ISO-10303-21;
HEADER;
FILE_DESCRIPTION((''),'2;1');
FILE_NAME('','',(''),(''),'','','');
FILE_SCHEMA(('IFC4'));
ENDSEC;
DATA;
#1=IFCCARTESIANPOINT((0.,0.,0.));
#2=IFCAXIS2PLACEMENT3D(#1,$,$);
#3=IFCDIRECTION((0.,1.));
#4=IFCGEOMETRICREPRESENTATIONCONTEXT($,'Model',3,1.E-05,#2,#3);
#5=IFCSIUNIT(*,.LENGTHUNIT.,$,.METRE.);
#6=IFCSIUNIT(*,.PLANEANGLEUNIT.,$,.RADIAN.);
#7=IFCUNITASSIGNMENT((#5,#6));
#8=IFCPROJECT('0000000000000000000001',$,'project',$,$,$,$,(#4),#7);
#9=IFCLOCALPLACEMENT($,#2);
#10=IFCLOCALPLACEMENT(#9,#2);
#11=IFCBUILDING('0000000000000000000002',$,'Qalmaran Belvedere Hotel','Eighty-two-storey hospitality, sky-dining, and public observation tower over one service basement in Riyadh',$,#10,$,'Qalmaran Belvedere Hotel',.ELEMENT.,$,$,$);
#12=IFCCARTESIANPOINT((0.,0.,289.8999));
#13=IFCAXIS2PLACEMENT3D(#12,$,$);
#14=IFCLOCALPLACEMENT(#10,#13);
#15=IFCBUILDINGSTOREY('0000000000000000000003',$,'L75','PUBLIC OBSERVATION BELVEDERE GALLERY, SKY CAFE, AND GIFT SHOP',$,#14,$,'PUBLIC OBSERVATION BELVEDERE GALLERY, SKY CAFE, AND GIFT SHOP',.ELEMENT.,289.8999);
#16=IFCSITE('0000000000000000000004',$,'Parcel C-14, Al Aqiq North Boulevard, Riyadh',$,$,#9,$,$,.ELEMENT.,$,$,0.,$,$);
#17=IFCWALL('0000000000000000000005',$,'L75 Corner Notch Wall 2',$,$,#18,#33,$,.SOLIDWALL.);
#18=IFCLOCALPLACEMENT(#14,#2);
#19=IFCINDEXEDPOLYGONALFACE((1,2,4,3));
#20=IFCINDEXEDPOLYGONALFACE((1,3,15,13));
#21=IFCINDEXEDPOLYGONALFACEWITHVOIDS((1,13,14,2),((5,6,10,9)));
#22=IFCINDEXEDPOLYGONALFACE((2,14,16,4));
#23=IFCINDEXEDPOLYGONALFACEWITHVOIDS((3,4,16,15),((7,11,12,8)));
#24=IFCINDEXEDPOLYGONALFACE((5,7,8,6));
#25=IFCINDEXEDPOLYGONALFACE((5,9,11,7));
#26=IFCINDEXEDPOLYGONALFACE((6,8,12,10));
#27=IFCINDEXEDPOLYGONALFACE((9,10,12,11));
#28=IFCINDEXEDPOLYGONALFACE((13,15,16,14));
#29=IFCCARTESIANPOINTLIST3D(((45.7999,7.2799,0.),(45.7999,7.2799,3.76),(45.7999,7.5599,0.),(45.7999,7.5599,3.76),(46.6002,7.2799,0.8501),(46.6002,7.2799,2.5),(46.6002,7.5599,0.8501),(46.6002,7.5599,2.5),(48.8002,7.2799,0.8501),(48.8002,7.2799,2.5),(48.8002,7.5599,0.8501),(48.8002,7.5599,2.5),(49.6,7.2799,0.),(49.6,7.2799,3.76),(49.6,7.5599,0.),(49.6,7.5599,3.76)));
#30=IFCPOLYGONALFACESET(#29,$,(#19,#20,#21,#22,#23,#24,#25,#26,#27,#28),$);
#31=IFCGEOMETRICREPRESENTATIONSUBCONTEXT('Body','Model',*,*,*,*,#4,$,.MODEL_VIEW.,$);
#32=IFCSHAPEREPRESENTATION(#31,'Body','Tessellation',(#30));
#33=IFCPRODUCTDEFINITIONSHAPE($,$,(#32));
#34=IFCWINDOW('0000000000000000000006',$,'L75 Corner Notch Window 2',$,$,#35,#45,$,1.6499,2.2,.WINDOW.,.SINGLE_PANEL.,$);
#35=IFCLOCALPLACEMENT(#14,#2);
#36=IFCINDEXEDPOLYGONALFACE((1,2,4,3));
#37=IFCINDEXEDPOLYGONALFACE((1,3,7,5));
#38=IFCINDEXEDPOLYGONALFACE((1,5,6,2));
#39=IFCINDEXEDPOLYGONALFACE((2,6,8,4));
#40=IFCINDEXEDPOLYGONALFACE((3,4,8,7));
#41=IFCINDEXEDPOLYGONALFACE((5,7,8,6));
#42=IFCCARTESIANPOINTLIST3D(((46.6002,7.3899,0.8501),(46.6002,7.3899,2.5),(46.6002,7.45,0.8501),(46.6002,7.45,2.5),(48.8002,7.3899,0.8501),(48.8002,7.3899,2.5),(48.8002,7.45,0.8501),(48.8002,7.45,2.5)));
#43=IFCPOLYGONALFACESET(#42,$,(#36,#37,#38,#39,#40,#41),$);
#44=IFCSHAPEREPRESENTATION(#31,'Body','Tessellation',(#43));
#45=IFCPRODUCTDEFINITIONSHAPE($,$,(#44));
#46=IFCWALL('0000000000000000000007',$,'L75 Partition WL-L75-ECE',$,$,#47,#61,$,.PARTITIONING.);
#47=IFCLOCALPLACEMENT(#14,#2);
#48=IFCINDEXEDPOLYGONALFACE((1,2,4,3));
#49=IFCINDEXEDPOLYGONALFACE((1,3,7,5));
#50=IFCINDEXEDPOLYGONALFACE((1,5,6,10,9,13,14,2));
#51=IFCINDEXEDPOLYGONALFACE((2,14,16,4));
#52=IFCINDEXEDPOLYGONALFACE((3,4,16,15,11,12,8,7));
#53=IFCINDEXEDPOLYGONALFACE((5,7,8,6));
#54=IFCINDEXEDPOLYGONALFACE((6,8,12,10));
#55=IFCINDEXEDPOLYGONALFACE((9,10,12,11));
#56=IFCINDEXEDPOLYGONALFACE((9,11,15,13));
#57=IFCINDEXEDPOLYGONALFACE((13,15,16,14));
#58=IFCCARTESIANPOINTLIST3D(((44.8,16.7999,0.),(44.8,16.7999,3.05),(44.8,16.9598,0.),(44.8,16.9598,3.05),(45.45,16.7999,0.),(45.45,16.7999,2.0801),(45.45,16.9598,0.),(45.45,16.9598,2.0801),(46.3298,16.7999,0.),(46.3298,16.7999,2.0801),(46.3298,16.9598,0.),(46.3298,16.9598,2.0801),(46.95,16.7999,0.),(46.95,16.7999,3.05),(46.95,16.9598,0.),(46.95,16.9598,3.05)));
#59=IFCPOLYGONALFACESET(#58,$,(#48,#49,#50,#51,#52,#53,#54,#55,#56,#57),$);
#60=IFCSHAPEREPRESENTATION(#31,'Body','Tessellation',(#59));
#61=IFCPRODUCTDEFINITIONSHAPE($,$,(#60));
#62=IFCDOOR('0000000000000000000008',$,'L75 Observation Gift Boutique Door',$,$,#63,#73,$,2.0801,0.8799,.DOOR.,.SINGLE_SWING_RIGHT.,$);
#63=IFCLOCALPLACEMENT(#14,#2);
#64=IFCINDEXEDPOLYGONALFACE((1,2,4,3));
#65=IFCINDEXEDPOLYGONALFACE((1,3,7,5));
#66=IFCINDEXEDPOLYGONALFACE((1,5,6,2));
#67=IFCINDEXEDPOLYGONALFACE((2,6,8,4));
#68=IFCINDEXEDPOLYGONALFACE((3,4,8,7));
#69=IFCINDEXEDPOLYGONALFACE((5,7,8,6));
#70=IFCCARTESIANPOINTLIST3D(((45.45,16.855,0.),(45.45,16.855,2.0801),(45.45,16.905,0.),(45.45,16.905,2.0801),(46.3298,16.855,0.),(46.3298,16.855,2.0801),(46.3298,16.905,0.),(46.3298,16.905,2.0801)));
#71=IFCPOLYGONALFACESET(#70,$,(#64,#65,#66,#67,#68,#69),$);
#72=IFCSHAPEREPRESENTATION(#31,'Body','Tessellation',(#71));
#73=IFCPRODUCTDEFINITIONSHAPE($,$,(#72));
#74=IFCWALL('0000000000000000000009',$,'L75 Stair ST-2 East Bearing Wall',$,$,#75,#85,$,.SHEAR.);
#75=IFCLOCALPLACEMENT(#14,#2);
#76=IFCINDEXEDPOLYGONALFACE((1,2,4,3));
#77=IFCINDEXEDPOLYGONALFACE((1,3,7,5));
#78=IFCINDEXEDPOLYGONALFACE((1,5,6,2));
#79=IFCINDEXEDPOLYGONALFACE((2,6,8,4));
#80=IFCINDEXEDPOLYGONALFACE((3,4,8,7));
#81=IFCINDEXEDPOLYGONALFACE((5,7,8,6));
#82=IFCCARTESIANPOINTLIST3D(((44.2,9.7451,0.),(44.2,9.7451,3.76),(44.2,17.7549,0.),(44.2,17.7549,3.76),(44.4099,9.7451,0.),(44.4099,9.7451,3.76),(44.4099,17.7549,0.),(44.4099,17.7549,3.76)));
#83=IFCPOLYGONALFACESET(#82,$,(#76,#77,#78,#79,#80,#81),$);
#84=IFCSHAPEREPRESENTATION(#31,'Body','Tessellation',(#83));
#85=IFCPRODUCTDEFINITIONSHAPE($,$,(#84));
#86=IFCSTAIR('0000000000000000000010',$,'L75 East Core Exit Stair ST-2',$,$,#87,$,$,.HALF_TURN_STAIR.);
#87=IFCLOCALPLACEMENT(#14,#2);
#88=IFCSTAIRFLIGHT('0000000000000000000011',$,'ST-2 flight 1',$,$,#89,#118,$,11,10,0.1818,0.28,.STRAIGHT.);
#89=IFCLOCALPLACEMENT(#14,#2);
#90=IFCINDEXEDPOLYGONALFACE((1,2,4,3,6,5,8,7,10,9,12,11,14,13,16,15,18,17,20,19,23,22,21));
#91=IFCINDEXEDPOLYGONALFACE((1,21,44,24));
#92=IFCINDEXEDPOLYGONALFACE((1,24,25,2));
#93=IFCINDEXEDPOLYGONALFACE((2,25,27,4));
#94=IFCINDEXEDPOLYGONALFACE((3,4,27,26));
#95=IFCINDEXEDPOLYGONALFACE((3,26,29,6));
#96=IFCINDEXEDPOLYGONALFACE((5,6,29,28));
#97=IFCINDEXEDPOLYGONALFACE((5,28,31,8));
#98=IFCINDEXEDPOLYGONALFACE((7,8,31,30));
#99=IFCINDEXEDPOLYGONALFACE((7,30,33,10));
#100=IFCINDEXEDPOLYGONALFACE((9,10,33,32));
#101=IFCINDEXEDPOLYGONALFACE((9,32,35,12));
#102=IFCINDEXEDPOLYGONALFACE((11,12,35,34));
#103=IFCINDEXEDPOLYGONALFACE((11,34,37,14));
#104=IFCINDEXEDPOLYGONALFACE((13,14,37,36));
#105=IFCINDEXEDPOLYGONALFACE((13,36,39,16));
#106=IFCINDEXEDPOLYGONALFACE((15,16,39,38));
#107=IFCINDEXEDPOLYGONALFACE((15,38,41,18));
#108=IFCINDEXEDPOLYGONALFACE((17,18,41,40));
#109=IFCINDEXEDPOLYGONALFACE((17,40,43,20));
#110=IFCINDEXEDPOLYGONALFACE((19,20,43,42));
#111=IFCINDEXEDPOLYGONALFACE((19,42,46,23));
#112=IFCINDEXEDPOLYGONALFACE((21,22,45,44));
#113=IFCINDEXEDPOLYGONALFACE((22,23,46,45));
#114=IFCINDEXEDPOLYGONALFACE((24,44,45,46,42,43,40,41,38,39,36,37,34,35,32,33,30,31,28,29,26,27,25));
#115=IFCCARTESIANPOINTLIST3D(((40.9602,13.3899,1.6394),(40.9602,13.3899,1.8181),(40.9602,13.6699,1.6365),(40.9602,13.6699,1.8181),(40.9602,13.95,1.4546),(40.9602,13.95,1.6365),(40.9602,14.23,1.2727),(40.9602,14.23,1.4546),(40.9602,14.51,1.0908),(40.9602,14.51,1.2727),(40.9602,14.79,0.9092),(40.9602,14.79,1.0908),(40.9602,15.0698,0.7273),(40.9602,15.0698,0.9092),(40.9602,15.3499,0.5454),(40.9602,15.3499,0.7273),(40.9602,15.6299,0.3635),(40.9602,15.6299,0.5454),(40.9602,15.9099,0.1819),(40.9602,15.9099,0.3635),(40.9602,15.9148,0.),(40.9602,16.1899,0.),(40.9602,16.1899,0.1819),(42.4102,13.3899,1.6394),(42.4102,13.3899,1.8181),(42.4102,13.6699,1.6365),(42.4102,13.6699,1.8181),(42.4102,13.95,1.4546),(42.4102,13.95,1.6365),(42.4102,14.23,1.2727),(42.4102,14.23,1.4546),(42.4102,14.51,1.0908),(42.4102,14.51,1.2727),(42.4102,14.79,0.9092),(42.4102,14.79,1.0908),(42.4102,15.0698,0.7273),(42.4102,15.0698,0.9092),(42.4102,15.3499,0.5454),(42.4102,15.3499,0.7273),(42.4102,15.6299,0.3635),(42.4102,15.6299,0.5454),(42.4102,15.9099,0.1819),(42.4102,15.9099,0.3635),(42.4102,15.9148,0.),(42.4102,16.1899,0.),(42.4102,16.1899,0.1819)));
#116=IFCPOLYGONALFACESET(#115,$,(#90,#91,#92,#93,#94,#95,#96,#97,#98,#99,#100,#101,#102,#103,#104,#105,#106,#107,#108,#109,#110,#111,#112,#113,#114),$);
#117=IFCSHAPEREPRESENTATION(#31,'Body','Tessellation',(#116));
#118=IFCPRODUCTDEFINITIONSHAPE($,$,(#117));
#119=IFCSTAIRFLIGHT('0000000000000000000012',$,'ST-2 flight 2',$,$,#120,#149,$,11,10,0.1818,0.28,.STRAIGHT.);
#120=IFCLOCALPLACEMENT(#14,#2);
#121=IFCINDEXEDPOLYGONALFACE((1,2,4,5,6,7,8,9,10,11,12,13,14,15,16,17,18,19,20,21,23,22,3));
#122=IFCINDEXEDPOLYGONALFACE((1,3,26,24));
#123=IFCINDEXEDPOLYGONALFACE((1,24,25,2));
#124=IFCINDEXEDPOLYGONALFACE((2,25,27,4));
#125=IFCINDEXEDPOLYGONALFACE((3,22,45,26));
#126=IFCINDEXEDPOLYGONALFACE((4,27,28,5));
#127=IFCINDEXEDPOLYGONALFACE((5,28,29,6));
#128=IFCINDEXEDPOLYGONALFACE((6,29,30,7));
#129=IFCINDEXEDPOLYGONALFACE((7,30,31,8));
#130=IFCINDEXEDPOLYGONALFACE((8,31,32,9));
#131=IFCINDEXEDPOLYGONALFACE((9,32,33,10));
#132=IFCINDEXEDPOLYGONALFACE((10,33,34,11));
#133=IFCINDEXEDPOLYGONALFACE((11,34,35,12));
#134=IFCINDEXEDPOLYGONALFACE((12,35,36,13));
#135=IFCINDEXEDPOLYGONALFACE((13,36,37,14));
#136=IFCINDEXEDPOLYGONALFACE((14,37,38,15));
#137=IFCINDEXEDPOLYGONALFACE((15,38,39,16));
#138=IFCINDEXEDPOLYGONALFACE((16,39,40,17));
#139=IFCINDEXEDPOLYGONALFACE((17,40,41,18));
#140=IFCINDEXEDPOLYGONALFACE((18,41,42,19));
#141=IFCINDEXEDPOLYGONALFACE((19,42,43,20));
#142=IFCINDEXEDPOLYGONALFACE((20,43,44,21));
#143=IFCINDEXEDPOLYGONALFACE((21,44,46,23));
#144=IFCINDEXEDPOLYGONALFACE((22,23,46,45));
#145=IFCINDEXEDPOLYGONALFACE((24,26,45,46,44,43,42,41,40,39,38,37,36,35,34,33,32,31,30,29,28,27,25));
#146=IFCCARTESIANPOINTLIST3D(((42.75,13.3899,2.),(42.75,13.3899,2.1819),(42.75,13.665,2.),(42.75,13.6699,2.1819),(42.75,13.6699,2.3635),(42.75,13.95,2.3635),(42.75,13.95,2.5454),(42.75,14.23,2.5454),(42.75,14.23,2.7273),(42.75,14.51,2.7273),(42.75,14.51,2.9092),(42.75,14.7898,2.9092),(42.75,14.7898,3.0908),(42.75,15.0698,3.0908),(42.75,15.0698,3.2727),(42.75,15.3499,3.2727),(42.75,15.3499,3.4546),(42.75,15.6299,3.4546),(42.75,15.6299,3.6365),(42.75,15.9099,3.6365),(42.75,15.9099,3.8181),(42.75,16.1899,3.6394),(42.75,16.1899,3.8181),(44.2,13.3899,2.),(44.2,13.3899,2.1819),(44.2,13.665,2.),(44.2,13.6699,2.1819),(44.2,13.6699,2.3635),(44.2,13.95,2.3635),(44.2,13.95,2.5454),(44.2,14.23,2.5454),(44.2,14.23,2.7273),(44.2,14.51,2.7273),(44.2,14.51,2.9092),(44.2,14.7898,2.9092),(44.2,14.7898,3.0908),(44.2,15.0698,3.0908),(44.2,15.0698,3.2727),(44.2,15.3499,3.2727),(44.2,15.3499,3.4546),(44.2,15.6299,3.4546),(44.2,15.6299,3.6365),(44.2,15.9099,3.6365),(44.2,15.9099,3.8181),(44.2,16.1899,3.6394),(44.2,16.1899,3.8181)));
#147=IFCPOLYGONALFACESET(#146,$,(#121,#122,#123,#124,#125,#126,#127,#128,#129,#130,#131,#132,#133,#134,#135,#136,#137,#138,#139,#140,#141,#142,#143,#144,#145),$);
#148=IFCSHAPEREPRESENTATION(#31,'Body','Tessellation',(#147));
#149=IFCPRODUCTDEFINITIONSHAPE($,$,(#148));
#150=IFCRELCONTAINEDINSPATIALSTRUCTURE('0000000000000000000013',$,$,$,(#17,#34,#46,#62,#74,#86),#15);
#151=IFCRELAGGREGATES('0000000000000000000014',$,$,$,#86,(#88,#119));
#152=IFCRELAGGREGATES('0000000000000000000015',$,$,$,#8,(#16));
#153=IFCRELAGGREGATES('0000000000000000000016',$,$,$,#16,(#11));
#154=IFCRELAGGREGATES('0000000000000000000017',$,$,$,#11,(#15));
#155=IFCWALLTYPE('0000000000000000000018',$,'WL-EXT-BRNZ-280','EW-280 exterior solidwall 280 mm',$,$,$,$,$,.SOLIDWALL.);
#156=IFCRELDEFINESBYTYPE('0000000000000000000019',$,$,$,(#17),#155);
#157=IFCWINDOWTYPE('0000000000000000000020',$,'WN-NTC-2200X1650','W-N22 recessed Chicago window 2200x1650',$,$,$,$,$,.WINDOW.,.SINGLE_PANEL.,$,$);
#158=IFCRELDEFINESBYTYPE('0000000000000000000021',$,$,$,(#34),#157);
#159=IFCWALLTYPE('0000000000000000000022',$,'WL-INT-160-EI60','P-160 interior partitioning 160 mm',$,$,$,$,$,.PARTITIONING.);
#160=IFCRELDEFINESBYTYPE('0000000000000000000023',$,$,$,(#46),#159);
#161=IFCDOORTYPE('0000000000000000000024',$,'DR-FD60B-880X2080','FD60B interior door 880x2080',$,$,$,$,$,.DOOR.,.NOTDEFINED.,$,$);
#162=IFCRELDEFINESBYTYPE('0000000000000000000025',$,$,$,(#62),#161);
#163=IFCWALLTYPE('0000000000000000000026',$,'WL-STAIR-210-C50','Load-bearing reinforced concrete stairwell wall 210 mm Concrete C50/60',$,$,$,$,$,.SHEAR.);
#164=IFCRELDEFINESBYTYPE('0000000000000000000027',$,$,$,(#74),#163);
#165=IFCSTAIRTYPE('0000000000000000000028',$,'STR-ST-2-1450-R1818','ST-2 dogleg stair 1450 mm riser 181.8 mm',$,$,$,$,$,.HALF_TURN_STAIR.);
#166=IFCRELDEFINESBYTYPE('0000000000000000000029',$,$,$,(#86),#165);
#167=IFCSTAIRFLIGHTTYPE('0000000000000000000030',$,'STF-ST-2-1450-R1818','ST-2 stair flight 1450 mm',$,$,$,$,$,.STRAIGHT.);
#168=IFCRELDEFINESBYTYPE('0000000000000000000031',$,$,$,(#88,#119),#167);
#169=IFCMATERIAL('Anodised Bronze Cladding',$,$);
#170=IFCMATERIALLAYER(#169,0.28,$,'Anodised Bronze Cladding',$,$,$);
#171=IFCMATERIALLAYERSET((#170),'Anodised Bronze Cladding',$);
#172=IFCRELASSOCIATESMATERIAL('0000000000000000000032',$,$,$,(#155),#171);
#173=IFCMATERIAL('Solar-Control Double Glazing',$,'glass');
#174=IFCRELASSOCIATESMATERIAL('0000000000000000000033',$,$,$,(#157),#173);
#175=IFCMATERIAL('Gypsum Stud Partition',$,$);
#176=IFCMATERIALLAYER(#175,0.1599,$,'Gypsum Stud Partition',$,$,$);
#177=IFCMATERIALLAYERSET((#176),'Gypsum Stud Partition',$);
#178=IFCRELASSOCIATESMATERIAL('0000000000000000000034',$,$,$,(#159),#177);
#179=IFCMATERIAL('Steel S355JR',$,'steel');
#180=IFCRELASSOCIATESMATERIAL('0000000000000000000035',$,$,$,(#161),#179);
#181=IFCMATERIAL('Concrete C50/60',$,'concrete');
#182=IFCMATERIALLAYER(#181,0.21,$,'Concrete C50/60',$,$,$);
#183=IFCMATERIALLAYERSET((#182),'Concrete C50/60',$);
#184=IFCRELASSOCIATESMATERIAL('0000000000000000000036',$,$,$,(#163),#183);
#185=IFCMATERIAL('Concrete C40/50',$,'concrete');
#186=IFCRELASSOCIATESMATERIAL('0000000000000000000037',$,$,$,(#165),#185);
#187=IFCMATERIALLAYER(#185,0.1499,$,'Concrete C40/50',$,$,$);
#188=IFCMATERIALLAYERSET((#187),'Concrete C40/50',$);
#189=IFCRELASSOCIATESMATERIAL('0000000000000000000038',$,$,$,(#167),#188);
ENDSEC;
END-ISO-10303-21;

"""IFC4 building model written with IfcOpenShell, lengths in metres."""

from ifc_helpers import new_model, si_unit, direction, frame, frame_2d, origin, place, context, subcontext, project, spatial, polyline, rectangle, outline, extrude, material, layer, layer_set, type_object, element, fill, aggregate, save


model = new_model("IFC4")

# Units and contexts
model_context = context("Model", 3, precision=1e-05, world=origin(), true_north=direction((0.0, 1.0)))
body_context = subcontext(model_context, "Body", "Model", "MODEL_VIEW")
ifc_project = project(units=[si_unit("LENGTHUNIT", "METRE"), si_unit("PLANEANGLEUNIT", "RADIAN")], contexts=[model_context])

# Site, building, storey
site_placement = place(None, origin())
site = spatial("IfcSite", under=ifc_project, at=site_placement, Name="Parcel C-14, Al Aqiq North Boulevard, Riyadh", CompositionType="ELEMENT", RefElevation=0.0)
building_placement = place(site_placement, origin())
building = spatial("IfcBuilding", under=site, at=building_placement, Name="Qalmaran Belvedere Hotel", Description="Eighty-two-storey hospitality, sky-dining, and public observation tower over one service basement in Riyadh", LongName="Qalmaran Belvedere Hotel", CompositionType="ELEMENT")
storey_placement = place(building_placement, frame((0.0, 0.0, 289.8999)))
storey = spatial("IfcBuildingStorey", under=building, at=storey_placement, Name="L75", Description="PUBLIC OBSERVATION BELVEDERE GALLERY, SKY CAFE, AND GIFT SHOP", LongName="PUBLIC OBSERVATION BELVEDERE GALLERY, SKY CAFE, AND GIFT SHOP", CompositionType="ELEMENT", Elevation=289.8999)

# Shared definitions
ifc_material_1 = material(Name="Concrete C50/60", Category="concrete")

# Shared definitions
ifc_material_2 = material(Name="Steel S355JR", Category="steel")

# Shared definitions
ifc_material_3 = material(Name="Solar-Control Double Glazing", Category="glass")

# Wall, opening, window
ifc_material_4 = material(Name="Anodised Bronze Cladding")
ifc_layer_1 = layer(ifc_material_4, 0.28, Name="Anodised Bronze Cladding")
ifc_layer_set_1 = layer_set([ifc_layer_1], Name="Anodised Bronze Cladding")
wall_type_1 = type_object("IfcWallType", Name="WL-EXT-BRNZ-280", Description="EW-280 exterior solidwall 280 mm", PredefinedType="SOLIDWALL", material=ifc_layer_set_1)
wall_1_placement = place(storey_placement, frame((45.8, 7.4199, 0.0), z_axis=(0.0, 0.0, 1.0), x_axis=(1.0, 0.0, 0.0)))
wall_1 = element("IfcWall", 1, at=wall_1_placement, inside=storey, type_object=wall_type_1, Name="L75 Corner Notch Wall 2", PredefinedType="SOLIDWALL", context=body_context, shape_type="SweptSolid", body=[
    extrude(rectangle(XDim=3.8, YDim=0.28, at=frame_2d((1.8999, 0.0))), origin(), (0.0, 0.0, 1.0), 3.76),
])
opening_1_placement = place(wall_1_placement, frame((0.8, 0.0, 0.8501)))
opening_1 = element("IfcOpeningElement", 2, at=opening_1_placement, cuts=wall_1, PredefinedType="OPENING", context=body_context, shape_type="SweptSolid", body=[
    extrude(rectangle(XDim=2.2, YDim=1.6499, at=frame_2d((1.1001, 0.825))), frame((0.0, 0.1499, 0.0), z_axis=(0.0, -1.0, 0.0), x_axis=(1.0, 0.0, 0.0)), (0.0, 0.0, 1.0), 0.3),
])
window_type_1 = type_object("IfcWindowType", Name="WN-NTC-2200X1650", Description="W-N22 recessed Chicago window 2200x1650", PartitioningType="SINGLE_PANEL", PredefinedType="WINDOW", material=ifc_material_3)
window_1_placement = place(opening_1_placement, origin())
window_1 = element("IfcWindow", 3, at=window_1_placement, inside=storey, type_object=window_type_1, Name="L75 Corner Notch Window 2", OverallHeight=1.6499, OverallWidth=2.2, PartitioningType="SINGLE_PANEL", PredefinedType="WINDOW", context=body_context, shape_type="SweptSolid", body=[
    extrude(rectangle(XDim=2.2, YDim=1.6499, at=frame_2d((1.1001, 0.825))), frame((0.0, 0.03, 0.0), z_axis=(0.0, -1.0, 0.0), x_axis=(1.0, 0.0, 0.0)), (0.0, 0.0, 1.0), 0.0601),
])
fill(opening_1, window_1)

# Wall, opening, door
ifc_material_5 = material(Name="Gypsum Stud Partition")
ifc_layer_2 = layer(ifc_material_5, 0.1599, Name="Gypsum Stud Partition")
ifc_layer_set_2 = layer_set([ifc_layer_2], Name="Gypsum Stud Partition")
wall_type_2 = type_object("IfcWallType", Name="WL-INT-160-EI60", Description="P-160 interior partitioning 160 mm", PredefinedType="PARTITIONING", material=ifc_layer_set_2)
wall_2_placement = place(storey_placement, frame((44.8, 16.8799, 0.0), z_axis=(0.0, 0.0, 1.0), x_axis=(1.0, 0.0, 0.0)))
wall_2 = element("IfcWall", 4, at=wall_2_placement, inside=storey, type_object=wall_type_2, Name="L75 Partition WL-L75-ECE", PredefinedType="PARTITIONING", context=body_context, shape_type="SweptSolid", body=[
    extrude(rectangle(XDim=2.1499, YDim=0.1599, at=frame_2d((1.075, 0.0))), origin(), (0.0, 0.0, 1.0), 3.05),
])
opening_2_placement = place(wall_2_placement, frame((1.5298, 0.0, 0.0), z_axis=(0.0, 0.0, 1.0), x_axis=(-1.0, 0.0, 0.0)))
opening_2 = element("IfcOpeningElement", 5, at=opening_2_placement, cuts=wall_2, PredefinedType="OPENING", context=body_context, shape_type="SweptSolid", body=[
    extrude(rectangle(XDim=0.8799, YDim=2.0801, at=frame_2d((0.4399, 1.04))), frame((0.0, 0.0898, 0.0), z_axis=(0.0, -1.0, 0.0), x_axis=(1.0, 0.0, 0.0)), (0.0, 0.0, 1.0), 0.1799),
])
door_type = type_object("IfcDoorType", Name="DR-FD60B-880X2080", Description="FD60B interior door 880x2080", OperationType="NOTDEFINED", PredefinedType="DOOR", material=ifc_material_2)
door_placement = place(opening_2_placement, origin())
door = element("IfcDoor", 6, at=door_placement, inside=storey, type_object=door_type, Name="L75 Observation Gift Boutique Door", OperationType="SINGLE_SWING_RIGHT", OverallHeight=2.0801, OverallWidth=0.8799, PredefinedType="DOOR", context=body_context, shape_type="SweptSolid", body=[
    extrude(rectangle(XDim=0.8799, YDim=2.0801, at=frame_2d((0.4399, 1.04))), frame((0.0, 0.0249, 0.0), z_axis=(0.0, -1.0, 0.0), x_axis=(1.0, 0.0, 0.0)), (0.0, 0.0, 1.0), 0.05),
])
fill(opening_2, door)

# Wall
ifc_layer_3 = layer(ifc_material_1, 0.21, Name="Concrete C50/60")
ifc_layer_set_3 = layer_set([ifc_layer_3], Name="Concrete C50/60")
wall_type_3 = type_object("IfcWallType", Name="WL-STAIR-210-C50", Description="Load-bearing reinforced concrete stairwell wall 210 mm Concrete C50/60", PredefinedType="SHEAR", material=ifc_layer_set_3)
wall_3_placement = place(storey_placement, frame((44.3049, 9.7451, 0.0), z_axis=(0.0, 0.0, 1.0), x_axis=(0.0, 1.0, 0.0)))
element("IfcWall", 7, at=wall_3_placement, inside=storey, type_object=wall_type_3, Name="L75 Stair ST-2 East Bearing Wall", PredefinedType="SHEAR", context=body_context, shape_type="SweptSolid", body=[
    extrude(rectangle(XDim=8.0098, YDim=0.21, at=frame_2d((4.0049, 0.0))), origin(), (0.0, 0.0, 1.0), 3.76),
])

# Stair, stair flights
ifc_material_6 = material(Name="Concrete C40/50", Category="concrete")
stair_type = type_object("IfcStairType", Name="STR-ST-2-1450-R1818", Description="ST-2 dogleg stair 1450 mm riser 181.8 mm", PredefinedType="HALF_TURN_STAIR", material=ifc_material_6)
stair_placement = place(storey_placement, origin())
stair = element("IfcStair", 8, at=stair_placement, inside=storey, type_object=stair_type, Name="L75 East Core Exit Stair ST-2", PredefinedType="HALF_TURN_STAIR")
ifc_layer_4 = layer(ifc_material_6, 0.1499, Name="Concrete C40/50")
ifc_layer_set_4 = layer_set([ifc_layer_4], Name="Concrete C40/50")
stair_flight_type = type_object("IfcStairFlightType", Name="STF-ST-2-1450-R1818", Description="ST-2 stair flight 1450 mm", PredefinedType="STRAIGHT", material=ifc_layer_set_4)
stair_flight_1_placement = place(storey_placement, frame((41.6851, 16.1899, 0.0), z_axis=(0.0, 0.0, 1.0), x_axis=(0.0, -1.0, 0.0)))
stair_flight_1 = element("IfcStairFlight", 9, at=stair_flight_1_placement, type_object=stair_flight_type, Name="ST-2 flight 1", NumberOfRisers=11, NumberOfTreads=10, PredefinedType="STRAIGHT", RiserHeight=0.1818, TreadLength=0.28, context=body_context, shape_type="SweptSolid", body=[
    extrude(outline(polyline([(0.0, 0.0), (0.0, 0.1819), (0.28, 0.1819), (0.28, 0.3635), (0.5601, 0.3635), (0.5601, 0.5454), (0.8401, 0.5454), (0.8401, 0.7273), (1.1201, 0.7273), (1.1201, 0.9092), (1.3999, 0.9092), (1.3999, 1.0908), (1.6799, 1.0908), (1.6799, 1.2727), (1.96, 1.2727), (1.96, 1.4546), (2.24, 1.4546), (2.24, 1.6365), (2.52, 1.6365), (2.52, 1.8181), (2.8, 1.8181), (2.8, 2.0), (2.8, 1.6394), (0.2751, 0.0), (0.0, 0.0)])), frame((0.0, 0.7251, 0.0), z_axis=(0.0, -1.0, 0.0), x_axis=(1.0, 0.0, 0.0)), (0.0, 0.0, 1.0), 1.45),
])
stair_flight_2_placement = place(storey_placement, frame((43.4751, 13.3899, 2.0), z_axis=(0.0, 0.0, 1.0), x_axis=(0.0, 1.0, 0.0)))
stair_flight_2 = element("IfcStairFlight", 10, at=stair_flight_2_placement, type_object=stair_flight_type, Name="ST-2 flight 2", NumberOfRisers=11, NumberOfTreads=10, PredefinedType="STRAIGHT", RiserHeight=0.1818, TreadLength=0.28, context=body_context, shape_type="SweptSolid", body=[
    extrude(outline(polyline([(0.0, 0.0), (0.0, 0.1819), (0.28, 0.1819), (0.28, 0.3635), (0.5601, 0.3635), (0.5601, 0.5454), (0.8401, 0.5454), (0.8401, 0.7273), (1.1201, 0.7273), (1.1201, 0.9092), (1.3999, 0.9092), (1.3999, 1.0908), (1.6799, 1.0908), (1.6799, 1.2727), (1.96, 1.2727), (1.96, 1.4546), (2.24, 1.4546), (2.24, 1.6365), (2.52, 1.6365), (2.52, 1.8181), (2.8, 1.8181), (2.8, 2.0), (2.8, 1.6394), (0.2751, 0.0), (0.0, 0.0)])), frame((0.0, 0.7251, 0.0), z_axis=(0.0, -1.0, 0.0), x_axis=(1.0, 0.0, 0.0)), (0.0, 0.0, 1.0), 1.45),
])
aggregate(stair, [stair_flight_1, stair_flight_2])

save(model, "model.ifc")
